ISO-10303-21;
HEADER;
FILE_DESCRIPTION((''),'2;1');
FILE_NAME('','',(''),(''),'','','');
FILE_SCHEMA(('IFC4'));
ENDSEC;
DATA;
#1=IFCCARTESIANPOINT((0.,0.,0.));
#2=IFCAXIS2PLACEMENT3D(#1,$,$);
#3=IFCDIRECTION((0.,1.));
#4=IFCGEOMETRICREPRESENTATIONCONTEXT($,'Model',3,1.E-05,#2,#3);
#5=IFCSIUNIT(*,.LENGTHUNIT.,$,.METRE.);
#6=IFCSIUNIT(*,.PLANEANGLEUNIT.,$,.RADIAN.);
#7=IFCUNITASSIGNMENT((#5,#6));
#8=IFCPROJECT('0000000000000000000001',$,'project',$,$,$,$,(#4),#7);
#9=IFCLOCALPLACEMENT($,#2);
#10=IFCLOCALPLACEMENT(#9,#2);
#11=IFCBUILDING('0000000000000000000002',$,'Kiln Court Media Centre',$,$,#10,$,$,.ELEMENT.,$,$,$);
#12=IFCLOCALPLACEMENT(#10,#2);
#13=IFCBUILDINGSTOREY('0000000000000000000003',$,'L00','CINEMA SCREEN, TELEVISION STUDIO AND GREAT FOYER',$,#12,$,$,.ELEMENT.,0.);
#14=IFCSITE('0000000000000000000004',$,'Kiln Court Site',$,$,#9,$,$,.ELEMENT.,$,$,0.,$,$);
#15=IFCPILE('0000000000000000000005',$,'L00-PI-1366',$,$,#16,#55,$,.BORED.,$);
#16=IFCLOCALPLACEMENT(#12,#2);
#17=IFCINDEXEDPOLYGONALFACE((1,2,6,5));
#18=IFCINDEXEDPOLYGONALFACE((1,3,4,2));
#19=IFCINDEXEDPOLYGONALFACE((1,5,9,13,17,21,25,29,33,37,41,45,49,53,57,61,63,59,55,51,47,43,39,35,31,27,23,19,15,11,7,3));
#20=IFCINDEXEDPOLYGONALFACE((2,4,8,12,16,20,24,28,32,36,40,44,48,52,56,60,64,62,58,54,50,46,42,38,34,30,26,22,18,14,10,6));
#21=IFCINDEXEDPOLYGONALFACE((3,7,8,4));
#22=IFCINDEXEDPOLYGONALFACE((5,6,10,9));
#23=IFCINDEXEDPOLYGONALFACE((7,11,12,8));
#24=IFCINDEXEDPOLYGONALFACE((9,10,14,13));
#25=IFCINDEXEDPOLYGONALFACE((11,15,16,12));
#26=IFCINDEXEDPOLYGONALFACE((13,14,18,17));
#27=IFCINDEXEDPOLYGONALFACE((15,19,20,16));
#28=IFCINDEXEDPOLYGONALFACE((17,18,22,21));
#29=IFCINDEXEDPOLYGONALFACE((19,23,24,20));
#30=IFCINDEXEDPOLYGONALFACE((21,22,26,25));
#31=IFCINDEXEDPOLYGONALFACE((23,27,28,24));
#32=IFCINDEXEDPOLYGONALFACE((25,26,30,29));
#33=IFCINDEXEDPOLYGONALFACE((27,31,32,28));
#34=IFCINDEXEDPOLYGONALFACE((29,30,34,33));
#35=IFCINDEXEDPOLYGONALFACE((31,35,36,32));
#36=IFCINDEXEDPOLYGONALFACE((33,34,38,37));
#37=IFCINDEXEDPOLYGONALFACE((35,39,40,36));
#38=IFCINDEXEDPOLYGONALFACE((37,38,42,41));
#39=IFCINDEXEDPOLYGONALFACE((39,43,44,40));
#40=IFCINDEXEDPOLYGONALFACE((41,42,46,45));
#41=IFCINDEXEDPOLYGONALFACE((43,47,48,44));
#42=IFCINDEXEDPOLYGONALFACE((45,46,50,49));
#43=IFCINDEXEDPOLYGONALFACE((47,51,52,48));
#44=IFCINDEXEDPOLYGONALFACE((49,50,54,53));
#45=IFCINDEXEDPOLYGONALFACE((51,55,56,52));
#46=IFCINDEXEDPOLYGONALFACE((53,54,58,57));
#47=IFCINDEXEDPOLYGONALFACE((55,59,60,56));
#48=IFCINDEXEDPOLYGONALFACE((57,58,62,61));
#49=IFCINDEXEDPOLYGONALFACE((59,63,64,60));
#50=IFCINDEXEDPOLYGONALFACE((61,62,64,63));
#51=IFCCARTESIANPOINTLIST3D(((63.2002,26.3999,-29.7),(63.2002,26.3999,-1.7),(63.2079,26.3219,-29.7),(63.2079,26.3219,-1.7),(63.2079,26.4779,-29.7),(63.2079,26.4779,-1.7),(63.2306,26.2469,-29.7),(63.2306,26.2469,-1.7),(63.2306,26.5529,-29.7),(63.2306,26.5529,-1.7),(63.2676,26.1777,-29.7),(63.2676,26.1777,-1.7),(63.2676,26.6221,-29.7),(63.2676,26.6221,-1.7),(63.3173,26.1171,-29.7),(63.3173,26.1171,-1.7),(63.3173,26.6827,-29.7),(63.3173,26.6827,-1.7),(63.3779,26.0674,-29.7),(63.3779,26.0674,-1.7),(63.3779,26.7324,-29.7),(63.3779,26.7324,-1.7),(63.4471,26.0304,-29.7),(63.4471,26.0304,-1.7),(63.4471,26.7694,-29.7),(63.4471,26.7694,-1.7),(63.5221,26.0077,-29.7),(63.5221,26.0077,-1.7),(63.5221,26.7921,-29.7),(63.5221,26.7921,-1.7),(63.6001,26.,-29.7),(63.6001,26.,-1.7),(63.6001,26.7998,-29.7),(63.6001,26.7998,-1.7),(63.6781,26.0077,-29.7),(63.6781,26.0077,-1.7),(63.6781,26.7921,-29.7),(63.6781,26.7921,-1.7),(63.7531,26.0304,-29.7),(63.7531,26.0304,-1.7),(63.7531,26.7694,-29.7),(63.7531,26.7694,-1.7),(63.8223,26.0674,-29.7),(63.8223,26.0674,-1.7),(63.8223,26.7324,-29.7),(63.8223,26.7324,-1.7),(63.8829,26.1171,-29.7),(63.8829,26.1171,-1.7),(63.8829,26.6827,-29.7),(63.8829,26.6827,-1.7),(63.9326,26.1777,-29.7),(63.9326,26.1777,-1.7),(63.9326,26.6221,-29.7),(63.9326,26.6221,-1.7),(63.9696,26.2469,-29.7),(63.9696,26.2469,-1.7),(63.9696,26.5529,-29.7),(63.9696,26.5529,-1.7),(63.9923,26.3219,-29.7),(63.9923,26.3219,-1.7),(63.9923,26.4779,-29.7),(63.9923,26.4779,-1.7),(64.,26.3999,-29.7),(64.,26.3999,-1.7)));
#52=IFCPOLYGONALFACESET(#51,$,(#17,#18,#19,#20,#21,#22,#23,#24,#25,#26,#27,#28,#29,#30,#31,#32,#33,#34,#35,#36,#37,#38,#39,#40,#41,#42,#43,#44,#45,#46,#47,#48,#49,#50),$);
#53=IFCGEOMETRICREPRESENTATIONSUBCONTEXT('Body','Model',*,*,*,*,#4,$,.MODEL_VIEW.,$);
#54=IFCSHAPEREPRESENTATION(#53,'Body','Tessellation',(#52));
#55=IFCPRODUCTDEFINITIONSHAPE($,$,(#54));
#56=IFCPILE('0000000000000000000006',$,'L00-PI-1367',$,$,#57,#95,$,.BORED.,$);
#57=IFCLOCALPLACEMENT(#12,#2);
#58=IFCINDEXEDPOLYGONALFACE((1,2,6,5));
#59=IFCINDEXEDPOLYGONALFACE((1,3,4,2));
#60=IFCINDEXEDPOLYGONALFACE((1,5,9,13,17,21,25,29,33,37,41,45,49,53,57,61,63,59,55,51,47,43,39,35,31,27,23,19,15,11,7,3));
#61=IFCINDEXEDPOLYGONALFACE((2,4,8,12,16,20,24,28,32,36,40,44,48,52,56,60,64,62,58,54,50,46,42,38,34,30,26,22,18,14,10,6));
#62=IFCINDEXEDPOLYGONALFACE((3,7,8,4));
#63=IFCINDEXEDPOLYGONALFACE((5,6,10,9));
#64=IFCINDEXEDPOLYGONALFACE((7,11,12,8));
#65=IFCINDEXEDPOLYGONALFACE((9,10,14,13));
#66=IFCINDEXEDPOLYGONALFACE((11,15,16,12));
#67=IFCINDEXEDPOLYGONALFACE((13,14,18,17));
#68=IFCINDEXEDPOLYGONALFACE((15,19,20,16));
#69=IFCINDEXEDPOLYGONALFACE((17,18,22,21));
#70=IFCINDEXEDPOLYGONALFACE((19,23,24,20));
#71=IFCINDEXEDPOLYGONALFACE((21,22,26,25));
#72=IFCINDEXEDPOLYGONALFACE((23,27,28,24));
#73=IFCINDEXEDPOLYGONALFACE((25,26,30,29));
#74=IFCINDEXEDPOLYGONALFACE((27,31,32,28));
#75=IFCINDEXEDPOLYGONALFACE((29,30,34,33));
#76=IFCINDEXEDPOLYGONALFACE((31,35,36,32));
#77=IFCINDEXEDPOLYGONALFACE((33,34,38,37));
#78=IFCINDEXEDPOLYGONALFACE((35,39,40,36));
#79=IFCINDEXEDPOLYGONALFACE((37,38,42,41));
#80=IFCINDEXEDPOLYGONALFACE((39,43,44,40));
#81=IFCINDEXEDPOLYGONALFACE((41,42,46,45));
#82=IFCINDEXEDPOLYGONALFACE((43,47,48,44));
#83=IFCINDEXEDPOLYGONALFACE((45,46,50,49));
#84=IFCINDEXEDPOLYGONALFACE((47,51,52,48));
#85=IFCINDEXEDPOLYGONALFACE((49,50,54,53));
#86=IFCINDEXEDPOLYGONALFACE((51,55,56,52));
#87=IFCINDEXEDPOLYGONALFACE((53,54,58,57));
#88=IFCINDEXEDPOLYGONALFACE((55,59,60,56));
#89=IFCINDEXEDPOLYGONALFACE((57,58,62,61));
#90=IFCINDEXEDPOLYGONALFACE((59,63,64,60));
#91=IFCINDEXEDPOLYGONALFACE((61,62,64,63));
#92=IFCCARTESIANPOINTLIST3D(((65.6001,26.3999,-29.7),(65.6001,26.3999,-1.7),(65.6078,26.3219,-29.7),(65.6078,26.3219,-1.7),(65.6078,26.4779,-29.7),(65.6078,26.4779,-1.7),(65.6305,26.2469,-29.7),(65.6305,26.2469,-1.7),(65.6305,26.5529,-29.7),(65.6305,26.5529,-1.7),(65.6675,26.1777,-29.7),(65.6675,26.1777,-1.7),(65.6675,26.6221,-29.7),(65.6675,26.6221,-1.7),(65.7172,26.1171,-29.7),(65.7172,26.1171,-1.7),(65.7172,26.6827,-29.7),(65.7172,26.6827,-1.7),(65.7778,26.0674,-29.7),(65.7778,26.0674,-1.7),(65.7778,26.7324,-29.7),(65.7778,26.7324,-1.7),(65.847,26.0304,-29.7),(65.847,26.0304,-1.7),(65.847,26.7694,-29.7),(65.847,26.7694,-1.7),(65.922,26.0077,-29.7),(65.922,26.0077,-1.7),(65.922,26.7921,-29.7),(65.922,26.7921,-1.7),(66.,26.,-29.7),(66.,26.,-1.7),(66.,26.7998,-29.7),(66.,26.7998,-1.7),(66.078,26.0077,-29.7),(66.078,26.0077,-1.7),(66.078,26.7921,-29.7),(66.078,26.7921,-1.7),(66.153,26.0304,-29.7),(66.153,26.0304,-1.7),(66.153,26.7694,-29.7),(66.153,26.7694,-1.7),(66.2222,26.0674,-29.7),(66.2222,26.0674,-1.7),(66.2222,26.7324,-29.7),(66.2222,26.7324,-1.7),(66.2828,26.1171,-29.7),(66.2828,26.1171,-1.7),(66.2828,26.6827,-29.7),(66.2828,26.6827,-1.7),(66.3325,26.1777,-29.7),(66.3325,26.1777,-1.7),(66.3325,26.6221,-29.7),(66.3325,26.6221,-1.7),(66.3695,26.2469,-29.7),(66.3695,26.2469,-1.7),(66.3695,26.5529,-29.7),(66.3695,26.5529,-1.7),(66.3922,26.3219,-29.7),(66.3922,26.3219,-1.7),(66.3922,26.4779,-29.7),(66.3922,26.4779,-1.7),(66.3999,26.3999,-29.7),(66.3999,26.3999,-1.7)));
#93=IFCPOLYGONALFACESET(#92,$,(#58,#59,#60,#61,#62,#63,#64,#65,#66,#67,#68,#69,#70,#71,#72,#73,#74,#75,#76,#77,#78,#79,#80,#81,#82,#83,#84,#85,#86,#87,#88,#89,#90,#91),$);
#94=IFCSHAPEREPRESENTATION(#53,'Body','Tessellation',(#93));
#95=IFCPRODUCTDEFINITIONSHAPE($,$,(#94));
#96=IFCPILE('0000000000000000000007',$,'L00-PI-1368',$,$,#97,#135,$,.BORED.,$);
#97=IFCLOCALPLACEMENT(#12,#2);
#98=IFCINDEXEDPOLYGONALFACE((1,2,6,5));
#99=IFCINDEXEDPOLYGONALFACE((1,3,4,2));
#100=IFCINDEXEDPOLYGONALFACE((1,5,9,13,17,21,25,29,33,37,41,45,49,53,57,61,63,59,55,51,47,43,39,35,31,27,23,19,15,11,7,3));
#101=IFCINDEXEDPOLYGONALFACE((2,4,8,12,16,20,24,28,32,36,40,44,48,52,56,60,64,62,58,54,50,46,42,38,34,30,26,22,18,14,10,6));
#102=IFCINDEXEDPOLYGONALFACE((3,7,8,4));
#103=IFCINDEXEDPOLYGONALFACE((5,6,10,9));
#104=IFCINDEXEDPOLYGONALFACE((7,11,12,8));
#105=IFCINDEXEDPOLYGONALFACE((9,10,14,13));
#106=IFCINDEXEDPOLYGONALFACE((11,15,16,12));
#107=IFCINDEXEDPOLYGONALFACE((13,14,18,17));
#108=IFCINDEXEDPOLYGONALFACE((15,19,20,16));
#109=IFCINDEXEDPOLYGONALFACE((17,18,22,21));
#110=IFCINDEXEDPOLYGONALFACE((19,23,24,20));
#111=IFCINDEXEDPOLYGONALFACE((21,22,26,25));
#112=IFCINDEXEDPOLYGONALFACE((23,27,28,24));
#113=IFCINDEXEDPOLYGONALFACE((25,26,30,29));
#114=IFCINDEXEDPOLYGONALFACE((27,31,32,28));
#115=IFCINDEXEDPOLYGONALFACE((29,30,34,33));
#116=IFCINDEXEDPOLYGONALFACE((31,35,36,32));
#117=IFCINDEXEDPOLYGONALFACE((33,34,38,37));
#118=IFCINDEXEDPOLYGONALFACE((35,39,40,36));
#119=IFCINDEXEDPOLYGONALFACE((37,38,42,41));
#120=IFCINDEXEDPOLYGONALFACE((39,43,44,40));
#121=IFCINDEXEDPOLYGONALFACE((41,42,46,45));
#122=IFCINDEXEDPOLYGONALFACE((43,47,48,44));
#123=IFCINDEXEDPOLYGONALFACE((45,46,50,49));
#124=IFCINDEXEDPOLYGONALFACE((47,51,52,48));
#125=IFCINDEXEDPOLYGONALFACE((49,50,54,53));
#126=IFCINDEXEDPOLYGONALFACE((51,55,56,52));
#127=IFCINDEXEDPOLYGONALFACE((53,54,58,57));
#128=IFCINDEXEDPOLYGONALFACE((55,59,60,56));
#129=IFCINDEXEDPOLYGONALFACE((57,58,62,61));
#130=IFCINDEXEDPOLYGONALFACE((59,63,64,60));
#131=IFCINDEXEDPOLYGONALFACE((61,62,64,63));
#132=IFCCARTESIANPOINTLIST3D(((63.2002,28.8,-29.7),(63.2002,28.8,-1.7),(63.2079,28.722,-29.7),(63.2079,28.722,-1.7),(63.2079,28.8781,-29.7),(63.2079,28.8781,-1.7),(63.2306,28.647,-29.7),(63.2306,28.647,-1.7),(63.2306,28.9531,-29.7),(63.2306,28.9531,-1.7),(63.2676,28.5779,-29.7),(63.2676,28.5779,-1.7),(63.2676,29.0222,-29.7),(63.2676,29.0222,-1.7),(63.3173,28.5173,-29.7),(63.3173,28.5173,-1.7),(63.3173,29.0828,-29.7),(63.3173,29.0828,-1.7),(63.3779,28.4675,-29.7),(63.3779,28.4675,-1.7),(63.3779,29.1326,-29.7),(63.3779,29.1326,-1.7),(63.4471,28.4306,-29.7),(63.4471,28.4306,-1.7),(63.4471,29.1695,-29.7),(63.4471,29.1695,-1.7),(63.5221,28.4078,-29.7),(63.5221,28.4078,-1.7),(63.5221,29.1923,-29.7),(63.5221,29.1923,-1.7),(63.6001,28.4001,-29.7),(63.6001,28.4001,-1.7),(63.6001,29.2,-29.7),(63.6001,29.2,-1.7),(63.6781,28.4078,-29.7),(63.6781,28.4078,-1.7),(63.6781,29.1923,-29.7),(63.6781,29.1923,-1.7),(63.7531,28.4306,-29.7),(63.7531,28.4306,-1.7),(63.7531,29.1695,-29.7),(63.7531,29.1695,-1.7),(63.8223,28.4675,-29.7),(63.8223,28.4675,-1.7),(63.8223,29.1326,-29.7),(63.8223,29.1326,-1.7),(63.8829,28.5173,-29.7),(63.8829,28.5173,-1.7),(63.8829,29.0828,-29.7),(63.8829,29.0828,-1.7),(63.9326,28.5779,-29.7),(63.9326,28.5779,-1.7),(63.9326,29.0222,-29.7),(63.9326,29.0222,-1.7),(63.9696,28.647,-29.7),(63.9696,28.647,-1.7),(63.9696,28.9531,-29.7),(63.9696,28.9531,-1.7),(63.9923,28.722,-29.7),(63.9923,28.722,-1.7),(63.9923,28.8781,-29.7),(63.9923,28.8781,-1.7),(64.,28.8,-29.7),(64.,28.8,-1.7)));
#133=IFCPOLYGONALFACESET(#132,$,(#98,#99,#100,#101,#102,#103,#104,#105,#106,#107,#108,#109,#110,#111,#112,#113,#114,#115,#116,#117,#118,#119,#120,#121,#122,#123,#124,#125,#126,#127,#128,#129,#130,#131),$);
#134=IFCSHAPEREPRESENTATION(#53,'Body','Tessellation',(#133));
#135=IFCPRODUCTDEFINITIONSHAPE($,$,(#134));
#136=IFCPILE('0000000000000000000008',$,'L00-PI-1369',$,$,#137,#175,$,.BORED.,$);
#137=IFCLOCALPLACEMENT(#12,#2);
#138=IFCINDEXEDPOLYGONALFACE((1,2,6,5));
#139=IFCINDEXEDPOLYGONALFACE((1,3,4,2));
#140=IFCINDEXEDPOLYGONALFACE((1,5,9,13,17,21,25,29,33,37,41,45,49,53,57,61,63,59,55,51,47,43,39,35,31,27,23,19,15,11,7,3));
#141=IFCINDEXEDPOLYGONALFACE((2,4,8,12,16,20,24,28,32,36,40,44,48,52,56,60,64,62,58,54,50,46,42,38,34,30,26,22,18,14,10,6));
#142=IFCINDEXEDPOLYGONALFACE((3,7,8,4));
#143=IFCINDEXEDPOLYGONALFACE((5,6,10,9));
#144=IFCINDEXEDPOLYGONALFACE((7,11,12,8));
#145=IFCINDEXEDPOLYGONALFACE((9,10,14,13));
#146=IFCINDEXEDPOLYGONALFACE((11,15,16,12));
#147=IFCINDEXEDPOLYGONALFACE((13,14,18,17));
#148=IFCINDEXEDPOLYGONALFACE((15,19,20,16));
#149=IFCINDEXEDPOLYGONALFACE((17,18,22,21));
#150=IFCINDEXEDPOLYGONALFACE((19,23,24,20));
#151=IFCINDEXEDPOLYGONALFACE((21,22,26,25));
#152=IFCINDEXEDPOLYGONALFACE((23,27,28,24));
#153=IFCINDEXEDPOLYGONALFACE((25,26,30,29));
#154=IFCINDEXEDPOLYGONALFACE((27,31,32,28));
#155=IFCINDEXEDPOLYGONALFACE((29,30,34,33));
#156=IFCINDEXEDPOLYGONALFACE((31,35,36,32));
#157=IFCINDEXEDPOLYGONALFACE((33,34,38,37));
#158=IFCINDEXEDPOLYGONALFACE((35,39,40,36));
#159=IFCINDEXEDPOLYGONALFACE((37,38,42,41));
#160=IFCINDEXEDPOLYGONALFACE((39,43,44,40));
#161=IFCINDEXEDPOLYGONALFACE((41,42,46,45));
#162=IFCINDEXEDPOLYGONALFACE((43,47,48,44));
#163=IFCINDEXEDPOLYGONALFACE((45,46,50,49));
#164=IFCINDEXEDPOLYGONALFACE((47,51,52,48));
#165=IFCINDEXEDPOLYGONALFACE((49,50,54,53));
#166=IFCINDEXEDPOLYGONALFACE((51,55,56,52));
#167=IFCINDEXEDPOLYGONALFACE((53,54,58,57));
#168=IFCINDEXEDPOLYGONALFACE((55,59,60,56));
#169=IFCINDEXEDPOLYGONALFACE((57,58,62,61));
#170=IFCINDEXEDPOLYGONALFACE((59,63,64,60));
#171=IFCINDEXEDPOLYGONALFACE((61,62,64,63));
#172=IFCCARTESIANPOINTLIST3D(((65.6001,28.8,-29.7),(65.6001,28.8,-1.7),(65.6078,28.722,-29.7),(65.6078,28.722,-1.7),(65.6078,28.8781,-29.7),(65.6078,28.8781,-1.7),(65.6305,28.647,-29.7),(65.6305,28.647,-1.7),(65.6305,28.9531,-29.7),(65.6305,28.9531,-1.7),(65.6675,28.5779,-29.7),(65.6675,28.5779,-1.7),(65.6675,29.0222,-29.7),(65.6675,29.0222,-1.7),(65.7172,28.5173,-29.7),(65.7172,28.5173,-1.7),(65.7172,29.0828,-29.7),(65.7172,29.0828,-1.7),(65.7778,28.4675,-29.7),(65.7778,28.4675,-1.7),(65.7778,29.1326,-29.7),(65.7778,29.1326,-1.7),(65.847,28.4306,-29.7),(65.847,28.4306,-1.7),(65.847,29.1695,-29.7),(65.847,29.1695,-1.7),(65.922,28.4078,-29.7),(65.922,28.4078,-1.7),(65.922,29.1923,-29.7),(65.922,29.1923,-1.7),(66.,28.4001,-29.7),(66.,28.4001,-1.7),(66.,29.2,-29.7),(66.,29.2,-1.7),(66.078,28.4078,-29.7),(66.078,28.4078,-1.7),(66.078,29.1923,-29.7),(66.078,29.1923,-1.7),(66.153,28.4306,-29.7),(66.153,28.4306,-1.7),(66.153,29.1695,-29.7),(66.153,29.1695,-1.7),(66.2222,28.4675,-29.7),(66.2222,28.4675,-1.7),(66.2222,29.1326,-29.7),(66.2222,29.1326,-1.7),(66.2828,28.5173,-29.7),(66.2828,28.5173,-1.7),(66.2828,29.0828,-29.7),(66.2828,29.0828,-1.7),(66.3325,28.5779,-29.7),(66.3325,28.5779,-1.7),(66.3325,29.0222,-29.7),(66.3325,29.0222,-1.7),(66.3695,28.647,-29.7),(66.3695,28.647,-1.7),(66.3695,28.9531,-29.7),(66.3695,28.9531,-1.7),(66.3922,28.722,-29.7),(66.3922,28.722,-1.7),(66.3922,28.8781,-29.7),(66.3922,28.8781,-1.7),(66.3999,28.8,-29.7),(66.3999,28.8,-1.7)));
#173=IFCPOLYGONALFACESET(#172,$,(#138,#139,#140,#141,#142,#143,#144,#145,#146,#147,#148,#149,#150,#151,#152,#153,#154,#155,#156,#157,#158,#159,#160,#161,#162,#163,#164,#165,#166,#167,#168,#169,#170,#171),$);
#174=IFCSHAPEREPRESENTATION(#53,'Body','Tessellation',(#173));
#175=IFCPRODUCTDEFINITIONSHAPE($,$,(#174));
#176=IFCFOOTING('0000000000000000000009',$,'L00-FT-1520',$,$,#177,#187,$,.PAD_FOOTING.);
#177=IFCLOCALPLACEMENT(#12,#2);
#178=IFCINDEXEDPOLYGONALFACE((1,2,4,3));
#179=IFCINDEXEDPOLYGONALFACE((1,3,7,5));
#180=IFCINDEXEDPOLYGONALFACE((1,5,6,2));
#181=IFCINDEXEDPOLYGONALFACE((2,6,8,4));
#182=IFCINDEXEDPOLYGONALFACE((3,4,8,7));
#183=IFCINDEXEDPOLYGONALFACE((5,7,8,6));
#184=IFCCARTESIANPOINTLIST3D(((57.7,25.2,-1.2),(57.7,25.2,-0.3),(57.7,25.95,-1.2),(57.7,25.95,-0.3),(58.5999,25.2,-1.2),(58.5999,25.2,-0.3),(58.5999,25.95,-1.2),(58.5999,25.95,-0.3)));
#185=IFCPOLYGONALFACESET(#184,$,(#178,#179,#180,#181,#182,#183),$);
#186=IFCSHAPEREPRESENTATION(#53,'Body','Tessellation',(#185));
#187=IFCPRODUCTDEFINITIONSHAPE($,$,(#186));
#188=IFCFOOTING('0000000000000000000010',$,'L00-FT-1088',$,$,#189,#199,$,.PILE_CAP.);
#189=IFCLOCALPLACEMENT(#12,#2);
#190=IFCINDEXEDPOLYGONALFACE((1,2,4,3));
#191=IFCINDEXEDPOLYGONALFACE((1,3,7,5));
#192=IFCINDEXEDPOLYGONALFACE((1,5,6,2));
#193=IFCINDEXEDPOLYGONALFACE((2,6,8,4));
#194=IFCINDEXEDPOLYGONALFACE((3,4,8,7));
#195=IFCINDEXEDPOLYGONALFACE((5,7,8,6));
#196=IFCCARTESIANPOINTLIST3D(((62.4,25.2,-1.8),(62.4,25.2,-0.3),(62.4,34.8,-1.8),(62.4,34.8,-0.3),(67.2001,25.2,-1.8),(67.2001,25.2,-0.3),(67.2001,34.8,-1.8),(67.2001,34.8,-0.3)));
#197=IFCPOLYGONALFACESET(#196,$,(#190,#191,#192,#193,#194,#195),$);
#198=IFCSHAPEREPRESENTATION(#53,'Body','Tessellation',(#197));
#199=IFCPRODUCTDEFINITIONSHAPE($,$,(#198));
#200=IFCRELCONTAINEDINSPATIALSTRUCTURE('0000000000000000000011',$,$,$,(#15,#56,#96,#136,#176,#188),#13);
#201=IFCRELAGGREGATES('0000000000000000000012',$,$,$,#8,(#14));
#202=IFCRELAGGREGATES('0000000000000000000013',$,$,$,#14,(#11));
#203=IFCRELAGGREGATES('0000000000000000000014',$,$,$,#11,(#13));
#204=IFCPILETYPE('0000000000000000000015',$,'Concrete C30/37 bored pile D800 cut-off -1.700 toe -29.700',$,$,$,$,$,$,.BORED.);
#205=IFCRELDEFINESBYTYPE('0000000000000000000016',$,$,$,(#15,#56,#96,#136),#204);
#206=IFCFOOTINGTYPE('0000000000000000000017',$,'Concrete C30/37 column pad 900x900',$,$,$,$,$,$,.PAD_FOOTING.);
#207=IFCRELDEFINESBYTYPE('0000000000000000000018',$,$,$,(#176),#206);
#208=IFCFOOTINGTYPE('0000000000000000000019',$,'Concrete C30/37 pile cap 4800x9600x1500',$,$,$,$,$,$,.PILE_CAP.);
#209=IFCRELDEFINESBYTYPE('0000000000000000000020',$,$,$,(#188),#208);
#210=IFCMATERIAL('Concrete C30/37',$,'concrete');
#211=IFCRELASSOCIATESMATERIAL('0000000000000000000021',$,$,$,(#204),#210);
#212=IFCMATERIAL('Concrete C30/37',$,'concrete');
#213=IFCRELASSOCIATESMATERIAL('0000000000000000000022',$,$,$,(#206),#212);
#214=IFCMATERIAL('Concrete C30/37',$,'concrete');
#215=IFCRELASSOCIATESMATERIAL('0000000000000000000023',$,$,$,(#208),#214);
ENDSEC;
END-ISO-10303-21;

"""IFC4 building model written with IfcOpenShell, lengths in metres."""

from ifc_helpers import new_model, si_unit, direction, frame, origin, origin_2d, place, context, subcontext, project, spatial, rectangle, circle, extrude, material, material_profile, profile_set, type_object, element, save


model = new_model("IFC4")

# Units and contexts
model_context = context("Model", 3, precision=1e-05, world=origin(), true_north=direction((0.0, 1.0)))
body_context = subcontext(model_context, "Body", "Model", "MODEL_VIEW")
ifc_project = project(units=[si_unit("LENGTHUNIT", "METRE"), si_unit("PLANEANGLEUNIT", "RADIAN")], contexts=[model_context])

# Site, building, storey
site_placement = place(None, origin())
site = spatial("IfcSite", under=ifc_project, at=site_placement, Name="Kiln Court Site", CompositionType="ELEMENT", RefElevation=0.0)
building_placement = place(site_placement, origin())
building = spatial("IfcBuilding", under=site, at=building_placement, Name="Kiln Court Media Centre", CompositionType="ELEMENT")
storey_placement = place(building_placement, origin())
storey = spatial("IfcBuildingStorey", under=building, at=storey_placement, Name="L00", Description="CINEMA SCREEN, TELEVISION STUDIO AND GREAT FOYER", CompositionType="ELEMENT", Elevation=0.0)

# Piles
ifc_material_1 = material(Name="Concrete C30/37", Category="concrete")
ifc_material_profile = material_profile(ifc_material_1, circle(Radius=0.3999, at=origin_2d()), Name="PILE D800")
ifc_profile_set = profile_set([ifc_material_profile], Name="Concrete C30/37")
pile_type = type_object("IfcPileType", Name="Concrete C30/37 bored pile D800 cut-off -1.700 toe -29.700", PredefinedType="BORED", material=ifc_profile_set)
for number, where, z_axis, x_axis, name in (
    (1, (63.6001, 26.3999, -1.7), (0.0, 0.0, -1.0), (1.0, 0.0, 0.0), "L00-PI-1366"),
    (2, (66.0, 26.3999, -1.7), (0.0, 0.0, -1.0), (1.0, 0.0, 0.0), "L00-PI-1367"),
    (3, (63.6001, 28.8, -1.7), (0.0, 0.0, -1.0), (1.0, 0.0, 0.0), "L00-PI-1368"),
    (4, (66.0, 28.8, -1.7), (0.0, 0.0, -1.0), (1.0, 0.0, 0.0), "L00-PI-1369"),
):
    element("IfcPile", number, at=place(storey_placement, frame(where, z_axis=z_axis, x_axis=x_axis)), inside=storey, type_object=pile_type, Name=name, PredefinedType="BORED", context=body_context, shape_type="SweptSolid", body=[
        extrude(circle(Radius=0.3999, at=origin_2d()), origin(), (0.0, 0.0, 1.0), 28.0),
    ])

# Footings
ifc_material_2 = material(Name="Concrete C30/37", Category="concrete")
footing_type_1 = type_object("IfcFootingType", Name="Concrete C30/37 column pad 900x900", PredefinedType="PAD_FOOTING", material=ifc_material_2)
footing_1_placement = place(storey_placement, frame((58.1499, 25.575, -1.2), z_axis=(0.0, 0.0, 1.0), x_axis=(1.0, 0.0, 0.0)))
element("IfcFooting", 5, at=footing_1_placement, inside=storey, type_object=footing_type_1, Name="L00-FT-1520", PredefinedType="PAD_FOOTING", context=body_context, shape_type="SweptSolid", body=[
    extrude(rectangle(XDim=0.8999, YDim=0.75, at=origin_2d()), origin(), (0.0, 0.0, 1.0), 0.8999),
])
ifc_material_3 = material(Name="Concrete C30/37", Category="concrete")
footing_type_2 = type_object("IfcFootingType", Name="Concrete C30/37 pile cap 4800x9600x1500", PredefinedType="PILE_CAP", material=ifc_material_3)
footing_2_placement = place(storey_placement, frame((64.8, 30.0, -1.8), z_axis=(0.0, 0.0, 1.0), x_axis=(1.0, 0.0, 0.0)))
element("IfcFooting", 6, at=footing_2_placement, inside=storey, type_object=footing_type_2, Name="L00-FT-1088", PredefinedType="PILE_CAP", context=body_context, shape_type="SweptSolid", body=[
    extrude(rectangle(XDim=4.8, YDim=9.6001, at=origin_2d()), origin(), (0.0, 0.0, 1.0), 1.5),
])

save(model, "model.ifc")
